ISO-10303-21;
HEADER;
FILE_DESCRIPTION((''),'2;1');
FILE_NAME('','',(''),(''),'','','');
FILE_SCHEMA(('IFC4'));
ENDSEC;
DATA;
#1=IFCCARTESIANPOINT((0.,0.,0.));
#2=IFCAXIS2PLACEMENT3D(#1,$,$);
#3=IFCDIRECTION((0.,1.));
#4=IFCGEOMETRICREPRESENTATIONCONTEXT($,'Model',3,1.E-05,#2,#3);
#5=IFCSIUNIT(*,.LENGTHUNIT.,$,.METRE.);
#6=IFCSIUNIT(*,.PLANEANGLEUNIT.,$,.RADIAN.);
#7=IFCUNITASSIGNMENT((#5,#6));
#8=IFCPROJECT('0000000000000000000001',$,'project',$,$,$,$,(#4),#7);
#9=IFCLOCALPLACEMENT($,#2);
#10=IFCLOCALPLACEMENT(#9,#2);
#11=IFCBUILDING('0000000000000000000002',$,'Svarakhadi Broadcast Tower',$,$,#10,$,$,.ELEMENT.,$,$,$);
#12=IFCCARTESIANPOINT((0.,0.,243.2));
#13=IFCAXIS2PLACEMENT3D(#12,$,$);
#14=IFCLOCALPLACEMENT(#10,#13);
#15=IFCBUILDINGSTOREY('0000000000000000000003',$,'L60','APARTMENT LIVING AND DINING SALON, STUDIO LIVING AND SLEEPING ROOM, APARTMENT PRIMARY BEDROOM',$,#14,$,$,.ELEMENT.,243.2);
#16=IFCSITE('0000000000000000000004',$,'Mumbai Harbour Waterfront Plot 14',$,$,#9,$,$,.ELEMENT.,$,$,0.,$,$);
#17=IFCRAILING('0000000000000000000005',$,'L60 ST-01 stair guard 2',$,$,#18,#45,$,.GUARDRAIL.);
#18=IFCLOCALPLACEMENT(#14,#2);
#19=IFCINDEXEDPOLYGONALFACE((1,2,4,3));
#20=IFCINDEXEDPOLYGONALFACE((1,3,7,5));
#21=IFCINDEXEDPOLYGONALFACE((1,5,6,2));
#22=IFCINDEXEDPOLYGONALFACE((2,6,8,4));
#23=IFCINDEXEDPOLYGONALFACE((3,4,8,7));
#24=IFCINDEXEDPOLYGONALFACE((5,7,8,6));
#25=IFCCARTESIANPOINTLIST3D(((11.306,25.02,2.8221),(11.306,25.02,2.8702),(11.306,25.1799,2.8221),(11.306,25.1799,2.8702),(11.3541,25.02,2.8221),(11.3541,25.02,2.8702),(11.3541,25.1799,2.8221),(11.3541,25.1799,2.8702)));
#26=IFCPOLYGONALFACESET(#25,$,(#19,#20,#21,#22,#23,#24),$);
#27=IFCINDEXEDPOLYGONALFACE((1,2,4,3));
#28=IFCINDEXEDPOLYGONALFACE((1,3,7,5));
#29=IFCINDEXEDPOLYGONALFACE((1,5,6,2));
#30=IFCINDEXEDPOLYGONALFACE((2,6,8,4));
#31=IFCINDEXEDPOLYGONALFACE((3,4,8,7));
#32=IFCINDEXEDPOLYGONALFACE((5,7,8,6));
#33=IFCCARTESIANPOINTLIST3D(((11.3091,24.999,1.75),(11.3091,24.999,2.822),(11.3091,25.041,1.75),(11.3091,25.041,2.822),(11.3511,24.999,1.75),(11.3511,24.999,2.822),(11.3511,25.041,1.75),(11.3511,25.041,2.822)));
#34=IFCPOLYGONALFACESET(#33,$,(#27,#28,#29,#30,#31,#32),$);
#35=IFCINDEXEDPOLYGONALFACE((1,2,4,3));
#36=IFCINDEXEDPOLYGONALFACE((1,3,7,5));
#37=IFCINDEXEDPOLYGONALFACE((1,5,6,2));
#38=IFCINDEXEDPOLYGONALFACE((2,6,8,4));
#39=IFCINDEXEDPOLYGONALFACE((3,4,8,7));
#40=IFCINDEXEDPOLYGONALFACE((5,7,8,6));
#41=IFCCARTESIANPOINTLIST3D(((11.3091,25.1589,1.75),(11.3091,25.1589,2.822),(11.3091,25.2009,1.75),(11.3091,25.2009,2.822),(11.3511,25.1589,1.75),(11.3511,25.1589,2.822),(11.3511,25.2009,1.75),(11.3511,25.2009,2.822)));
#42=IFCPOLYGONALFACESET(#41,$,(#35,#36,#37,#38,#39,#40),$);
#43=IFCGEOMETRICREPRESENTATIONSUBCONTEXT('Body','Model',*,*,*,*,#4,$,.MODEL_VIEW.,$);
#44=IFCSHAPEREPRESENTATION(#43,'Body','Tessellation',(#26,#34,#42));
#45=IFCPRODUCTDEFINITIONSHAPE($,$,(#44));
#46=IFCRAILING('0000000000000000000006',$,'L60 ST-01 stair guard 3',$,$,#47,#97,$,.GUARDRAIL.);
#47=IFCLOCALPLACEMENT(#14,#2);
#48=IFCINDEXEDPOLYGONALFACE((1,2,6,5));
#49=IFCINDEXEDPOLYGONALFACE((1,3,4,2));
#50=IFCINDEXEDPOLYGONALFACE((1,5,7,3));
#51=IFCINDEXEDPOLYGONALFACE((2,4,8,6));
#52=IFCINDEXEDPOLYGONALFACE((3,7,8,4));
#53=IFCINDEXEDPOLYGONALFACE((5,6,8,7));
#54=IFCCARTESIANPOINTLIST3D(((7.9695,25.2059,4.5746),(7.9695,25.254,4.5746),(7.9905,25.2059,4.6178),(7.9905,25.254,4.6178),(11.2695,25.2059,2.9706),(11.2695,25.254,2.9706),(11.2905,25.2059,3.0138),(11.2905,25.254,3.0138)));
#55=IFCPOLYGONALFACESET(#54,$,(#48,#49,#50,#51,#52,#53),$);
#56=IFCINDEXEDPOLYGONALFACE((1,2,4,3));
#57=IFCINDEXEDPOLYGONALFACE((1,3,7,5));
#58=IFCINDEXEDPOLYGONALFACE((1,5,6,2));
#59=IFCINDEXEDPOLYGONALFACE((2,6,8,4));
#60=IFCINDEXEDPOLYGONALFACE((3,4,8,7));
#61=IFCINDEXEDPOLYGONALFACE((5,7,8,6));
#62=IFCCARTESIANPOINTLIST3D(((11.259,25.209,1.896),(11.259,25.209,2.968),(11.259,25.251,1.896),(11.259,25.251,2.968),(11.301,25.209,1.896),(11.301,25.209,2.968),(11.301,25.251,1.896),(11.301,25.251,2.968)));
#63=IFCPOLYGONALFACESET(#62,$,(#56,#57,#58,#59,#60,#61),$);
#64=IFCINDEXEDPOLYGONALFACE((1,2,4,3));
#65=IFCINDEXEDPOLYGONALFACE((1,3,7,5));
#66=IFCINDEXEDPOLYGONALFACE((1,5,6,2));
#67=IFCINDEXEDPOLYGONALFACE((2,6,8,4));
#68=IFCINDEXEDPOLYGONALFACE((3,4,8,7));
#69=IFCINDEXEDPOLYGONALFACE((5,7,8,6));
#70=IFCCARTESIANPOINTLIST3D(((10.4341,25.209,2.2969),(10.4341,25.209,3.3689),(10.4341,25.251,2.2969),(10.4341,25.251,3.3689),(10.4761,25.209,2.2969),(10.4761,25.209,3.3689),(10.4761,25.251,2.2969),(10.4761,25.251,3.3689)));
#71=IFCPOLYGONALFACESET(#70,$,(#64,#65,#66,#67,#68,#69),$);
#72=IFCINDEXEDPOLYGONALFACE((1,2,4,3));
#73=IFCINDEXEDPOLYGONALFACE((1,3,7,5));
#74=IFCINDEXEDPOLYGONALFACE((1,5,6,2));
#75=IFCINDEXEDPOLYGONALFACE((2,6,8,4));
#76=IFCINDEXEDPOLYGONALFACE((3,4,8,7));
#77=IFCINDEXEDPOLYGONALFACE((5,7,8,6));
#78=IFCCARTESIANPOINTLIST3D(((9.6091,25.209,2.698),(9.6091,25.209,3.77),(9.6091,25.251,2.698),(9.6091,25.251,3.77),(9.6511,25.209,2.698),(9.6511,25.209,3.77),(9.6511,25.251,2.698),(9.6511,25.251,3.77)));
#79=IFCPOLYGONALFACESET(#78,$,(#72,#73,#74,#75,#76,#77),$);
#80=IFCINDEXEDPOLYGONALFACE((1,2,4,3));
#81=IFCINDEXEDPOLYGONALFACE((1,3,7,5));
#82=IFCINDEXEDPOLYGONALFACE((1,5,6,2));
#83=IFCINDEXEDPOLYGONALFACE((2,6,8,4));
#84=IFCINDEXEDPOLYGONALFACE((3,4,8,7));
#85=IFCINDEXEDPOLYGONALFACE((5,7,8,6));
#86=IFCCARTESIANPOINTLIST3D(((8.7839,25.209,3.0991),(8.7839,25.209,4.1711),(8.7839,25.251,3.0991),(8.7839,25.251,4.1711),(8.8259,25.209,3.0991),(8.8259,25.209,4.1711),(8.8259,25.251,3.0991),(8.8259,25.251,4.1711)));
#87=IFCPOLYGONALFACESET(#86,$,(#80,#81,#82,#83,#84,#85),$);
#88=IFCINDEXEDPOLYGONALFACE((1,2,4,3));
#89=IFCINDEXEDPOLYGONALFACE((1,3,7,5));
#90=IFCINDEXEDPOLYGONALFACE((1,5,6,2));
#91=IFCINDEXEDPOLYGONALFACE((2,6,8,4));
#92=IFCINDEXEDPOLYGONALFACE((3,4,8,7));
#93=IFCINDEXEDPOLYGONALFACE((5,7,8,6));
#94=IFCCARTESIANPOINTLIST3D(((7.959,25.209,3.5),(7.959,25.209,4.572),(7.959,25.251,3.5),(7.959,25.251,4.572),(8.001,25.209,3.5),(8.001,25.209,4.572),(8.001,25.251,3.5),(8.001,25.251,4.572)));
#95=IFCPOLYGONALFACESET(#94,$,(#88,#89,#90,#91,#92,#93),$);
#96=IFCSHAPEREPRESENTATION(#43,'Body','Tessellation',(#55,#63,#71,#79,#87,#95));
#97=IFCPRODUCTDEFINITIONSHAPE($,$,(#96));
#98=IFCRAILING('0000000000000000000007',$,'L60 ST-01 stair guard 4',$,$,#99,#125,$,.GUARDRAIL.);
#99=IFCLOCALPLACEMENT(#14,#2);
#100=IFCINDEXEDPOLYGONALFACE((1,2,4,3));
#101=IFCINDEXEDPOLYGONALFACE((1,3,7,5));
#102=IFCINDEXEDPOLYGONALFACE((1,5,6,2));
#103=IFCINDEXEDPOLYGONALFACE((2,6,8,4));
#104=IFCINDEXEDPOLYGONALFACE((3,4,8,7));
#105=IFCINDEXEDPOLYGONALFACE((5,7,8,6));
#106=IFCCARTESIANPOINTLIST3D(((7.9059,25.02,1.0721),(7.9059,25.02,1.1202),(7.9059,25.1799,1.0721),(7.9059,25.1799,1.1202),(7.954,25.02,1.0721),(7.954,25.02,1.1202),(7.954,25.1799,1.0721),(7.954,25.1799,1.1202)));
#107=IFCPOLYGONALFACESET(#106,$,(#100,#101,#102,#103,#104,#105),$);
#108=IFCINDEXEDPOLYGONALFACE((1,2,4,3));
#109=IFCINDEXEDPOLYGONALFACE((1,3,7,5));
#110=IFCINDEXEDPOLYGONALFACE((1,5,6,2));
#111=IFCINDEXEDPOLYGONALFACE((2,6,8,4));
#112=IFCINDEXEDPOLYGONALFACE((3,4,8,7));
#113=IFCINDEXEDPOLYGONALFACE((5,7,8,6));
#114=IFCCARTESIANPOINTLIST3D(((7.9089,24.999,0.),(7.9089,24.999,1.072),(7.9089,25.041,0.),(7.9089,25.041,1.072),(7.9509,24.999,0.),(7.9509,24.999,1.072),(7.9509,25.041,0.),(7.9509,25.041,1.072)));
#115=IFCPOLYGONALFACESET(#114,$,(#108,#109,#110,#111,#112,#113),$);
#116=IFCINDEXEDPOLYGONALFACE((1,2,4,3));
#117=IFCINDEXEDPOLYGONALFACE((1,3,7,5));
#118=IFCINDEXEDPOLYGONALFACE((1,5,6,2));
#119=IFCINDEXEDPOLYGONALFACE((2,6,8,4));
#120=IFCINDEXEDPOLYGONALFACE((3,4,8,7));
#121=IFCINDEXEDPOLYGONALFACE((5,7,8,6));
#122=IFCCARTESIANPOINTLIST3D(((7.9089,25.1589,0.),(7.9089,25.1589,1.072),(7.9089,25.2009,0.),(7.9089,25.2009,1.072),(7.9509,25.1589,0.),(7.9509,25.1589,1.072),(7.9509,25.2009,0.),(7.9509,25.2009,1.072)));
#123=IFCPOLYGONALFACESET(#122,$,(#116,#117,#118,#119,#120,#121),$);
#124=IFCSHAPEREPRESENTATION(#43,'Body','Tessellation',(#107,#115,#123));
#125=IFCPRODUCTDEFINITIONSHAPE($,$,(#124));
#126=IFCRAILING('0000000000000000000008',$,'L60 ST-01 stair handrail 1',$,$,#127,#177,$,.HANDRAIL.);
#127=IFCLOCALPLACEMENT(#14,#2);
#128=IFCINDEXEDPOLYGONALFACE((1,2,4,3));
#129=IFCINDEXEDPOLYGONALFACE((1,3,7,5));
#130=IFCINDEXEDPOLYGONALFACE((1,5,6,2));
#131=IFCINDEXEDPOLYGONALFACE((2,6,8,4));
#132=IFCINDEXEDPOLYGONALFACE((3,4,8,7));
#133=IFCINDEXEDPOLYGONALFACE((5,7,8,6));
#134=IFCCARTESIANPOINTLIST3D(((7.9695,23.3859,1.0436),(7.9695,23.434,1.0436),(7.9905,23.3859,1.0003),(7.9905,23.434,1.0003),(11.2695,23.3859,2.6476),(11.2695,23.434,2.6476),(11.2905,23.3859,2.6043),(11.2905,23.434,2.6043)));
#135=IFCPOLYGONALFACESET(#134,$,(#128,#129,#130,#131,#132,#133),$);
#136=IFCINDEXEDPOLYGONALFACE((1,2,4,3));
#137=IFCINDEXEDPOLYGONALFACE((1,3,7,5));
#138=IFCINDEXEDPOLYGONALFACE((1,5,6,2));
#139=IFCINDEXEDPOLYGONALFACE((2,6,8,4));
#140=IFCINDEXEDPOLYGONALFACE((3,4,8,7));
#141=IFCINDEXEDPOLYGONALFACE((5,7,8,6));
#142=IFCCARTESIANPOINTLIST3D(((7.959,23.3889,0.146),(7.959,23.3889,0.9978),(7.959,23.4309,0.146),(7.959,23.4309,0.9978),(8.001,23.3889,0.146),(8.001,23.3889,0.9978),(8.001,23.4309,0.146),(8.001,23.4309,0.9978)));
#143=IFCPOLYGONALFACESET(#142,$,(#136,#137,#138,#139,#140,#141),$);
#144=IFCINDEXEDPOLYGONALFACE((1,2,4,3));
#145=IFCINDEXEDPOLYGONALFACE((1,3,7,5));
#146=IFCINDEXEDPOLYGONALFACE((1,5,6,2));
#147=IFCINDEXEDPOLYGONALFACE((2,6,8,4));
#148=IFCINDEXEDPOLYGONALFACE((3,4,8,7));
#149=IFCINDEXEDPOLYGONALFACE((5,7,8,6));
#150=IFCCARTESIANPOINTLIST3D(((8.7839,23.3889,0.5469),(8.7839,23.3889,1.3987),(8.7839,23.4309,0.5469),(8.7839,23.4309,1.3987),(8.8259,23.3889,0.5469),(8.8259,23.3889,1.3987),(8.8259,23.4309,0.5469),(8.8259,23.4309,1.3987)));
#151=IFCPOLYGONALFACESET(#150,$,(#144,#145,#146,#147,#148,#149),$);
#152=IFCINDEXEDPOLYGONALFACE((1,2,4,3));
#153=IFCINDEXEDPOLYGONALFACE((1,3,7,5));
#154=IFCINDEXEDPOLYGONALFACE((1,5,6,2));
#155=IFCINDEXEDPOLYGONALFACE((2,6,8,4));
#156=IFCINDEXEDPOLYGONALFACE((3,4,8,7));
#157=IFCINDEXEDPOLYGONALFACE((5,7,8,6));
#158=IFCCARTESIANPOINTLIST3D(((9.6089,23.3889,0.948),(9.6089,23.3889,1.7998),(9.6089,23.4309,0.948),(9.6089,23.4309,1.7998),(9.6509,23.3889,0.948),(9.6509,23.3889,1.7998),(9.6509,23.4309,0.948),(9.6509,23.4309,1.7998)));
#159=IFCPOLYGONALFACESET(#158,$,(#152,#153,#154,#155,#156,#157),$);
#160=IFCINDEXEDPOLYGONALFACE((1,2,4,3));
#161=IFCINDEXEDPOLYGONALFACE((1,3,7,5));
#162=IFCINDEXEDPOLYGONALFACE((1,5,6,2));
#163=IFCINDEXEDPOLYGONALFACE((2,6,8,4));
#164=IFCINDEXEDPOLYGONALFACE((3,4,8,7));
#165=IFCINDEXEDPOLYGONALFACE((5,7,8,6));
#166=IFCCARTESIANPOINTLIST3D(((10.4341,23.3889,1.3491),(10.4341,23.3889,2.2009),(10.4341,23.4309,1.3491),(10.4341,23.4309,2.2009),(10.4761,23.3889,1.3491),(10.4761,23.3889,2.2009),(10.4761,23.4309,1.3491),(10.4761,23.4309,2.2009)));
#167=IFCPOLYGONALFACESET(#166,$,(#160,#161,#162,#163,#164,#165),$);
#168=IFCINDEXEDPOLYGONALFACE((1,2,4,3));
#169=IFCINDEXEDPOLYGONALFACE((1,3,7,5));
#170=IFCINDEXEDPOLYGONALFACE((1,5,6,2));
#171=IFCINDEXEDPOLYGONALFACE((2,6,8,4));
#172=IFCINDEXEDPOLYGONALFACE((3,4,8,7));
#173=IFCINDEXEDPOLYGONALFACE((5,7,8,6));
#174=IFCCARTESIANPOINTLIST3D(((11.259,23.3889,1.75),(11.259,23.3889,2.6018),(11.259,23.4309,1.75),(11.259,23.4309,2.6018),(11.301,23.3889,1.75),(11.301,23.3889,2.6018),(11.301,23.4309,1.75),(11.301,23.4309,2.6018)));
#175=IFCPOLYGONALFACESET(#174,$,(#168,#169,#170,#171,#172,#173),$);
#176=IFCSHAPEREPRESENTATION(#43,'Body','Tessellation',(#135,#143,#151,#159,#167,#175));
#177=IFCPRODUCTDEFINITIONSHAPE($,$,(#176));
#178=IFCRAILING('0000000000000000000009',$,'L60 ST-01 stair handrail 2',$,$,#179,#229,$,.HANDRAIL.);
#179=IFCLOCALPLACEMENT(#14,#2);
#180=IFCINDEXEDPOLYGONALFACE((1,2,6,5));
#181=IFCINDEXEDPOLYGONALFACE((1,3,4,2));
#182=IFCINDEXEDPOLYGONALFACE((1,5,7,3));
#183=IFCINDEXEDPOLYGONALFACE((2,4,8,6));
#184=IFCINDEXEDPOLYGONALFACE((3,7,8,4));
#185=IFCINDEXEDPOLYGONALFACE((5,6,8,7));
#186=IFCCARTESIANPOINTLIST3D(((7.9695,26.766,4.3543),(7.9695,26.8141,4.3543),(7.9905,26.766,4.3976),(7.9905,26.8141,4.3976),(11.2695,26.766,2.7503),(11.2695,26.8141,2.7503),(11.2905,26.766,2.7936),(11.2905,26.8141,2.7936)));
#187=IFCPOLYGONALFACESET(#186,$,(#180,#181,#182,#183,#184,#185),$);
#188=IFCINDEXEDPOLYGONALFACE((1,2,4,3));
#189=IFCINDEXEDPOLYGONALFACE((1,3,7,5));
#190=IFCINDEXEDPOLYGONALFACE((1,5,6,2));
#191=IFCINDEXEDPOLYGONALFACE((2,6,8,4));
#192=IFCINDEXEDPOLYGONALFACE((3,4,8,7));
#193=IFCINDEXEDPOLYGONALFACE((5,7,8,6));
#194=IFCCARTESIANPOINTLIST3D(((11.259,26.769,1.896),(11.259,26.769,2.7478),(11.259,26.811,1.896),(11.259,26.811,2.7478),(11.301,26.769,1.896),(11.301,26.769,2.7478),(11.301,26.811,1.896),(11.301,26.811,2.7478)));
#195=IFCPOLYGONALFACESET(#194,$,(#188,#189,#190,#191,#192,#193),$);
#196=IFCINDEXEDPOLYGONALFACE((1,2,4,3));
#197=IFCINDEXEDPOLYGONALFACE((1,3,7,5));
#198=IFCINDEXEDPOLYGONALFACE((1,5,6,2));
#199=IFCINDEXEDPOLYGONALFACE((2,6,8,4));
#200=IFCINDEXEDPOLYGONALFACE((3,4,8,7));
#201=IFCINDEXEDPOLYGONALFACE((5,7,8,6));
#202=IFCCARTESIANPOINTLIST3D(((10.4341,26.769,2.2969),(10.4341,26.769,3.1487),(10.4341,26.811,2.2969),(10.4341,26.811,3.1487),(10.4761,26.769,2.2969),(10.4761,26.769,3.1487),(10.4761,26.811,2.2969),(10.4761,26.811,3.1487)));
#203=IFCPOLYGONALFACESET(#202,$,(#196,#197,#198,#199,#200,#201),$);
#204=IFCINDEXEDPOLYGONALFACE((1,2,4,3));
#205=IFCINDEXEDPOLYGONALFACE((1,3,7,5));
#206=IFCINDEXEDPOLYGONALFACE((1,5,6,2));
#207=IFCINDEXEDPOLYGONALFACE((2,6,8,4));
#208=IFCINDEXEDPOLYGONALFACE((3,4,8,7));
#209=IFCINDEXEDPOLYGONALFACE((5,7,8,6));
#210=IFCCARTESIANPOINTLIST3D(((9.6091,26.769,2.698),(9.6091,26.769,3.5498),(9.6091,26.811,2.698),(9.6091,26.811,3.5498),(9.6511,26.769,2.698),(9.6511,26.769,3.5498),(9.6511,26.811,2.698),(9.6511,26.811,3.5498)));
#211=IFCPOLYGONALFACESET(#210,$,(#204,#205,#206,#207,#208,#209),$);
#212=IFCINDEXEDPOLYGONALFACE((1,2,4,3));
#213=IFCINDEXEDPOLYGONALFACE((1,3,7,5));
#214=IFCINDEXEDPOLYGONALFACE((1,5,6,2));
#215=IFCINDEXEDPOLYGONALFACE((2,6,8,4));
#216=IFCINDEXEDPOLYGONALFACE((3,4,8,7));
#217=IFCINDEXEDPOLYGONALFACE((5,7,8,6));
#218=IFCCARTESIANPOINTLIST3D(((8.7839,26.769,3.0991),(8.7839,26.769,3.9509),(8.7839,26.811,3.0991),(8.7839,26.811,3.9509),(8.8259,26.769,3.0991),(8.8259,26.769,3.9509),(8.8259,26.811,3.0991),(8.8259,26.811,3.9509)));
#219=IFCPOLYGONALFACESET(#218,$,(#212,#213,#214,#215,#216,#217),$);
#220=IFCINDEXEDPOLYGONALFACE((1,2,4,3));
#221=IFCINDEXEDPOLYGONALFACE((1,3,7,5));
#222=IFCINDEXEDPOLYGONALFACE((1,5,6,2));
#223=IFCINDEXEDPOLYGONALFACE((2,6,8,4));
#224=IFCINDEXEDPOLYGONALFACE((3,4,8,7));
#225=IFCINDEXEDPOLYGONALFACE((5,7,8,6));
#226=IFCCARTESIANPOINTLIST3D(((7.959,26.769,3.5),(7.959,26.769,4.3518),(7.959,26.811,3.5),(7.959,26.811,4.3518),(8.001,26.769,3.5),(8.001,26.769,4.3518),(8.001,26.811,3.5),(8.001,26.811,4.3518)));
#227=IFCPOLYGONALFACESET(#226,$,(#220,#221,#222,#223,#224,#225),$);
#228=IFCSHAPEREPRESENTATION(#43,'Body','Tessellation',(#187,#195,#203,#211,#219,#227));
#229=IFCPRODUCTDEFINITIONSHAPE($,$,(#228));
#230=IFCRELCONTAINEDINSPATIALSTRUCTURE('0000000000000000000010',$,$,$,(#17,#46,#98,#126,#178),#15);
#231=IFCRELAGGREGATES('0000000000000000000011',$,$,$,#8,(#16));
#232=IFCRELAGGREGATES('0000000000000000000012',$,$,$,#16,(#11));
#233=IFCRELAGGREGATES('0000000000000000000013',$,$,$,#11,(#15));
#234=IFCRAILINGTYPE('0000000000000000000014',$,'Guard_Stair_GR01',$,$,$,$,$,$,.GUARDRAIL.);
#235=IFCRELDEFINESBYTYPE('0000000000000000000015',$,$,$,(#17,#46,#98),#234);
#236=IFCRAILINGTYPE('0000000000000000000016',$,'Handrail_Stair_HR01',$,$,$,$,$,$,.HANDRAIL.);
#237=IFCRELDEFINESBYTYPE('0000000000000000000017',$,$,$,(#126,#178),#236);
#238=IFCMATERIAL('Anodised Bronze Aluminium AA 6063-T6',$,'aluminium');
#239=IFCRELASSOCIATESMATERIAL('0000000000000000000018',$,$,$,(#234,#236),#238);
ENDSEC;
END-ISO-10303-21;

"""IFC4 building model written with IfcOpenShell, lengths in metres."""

from ifc_helpers import new_model, si_unit, direction, frame, origin, origin_2d, place, context, subcontext, project, spatial, rectangle, extrude, material, type_object, element, save


model = new_model("IFC4")

# Units and contexts
model_context = context("Model", 3, precision=1e-05, world=origin(), true_north=direction((0.0, 1.0)))
body_context = subcontext(model_context, "Body", "Model", "MODEL_VIEW")
ifc_project = project(units=[si_unit("LENGTHUNIT", "METRE"), si_unit("PLANEANGLEUNIT", "RADIAN")], contexts=[model_context])

# Site, building, storey
site_placement = place(None, origin())
site = spatial("IfcSite", under=ifc_project, at=site_placement, Name="Mumbai Harbour Waterfront Plot 14", CompositionType="ELEMENT", RefElevation=0.0)
building_placement = place(site_placement, origin())
building = spatial("IfcBuilding", under=site, at=building_placement, Name="Svarakhadi Broadcast Tower", CompositionType="ELEMENT")
storey_placement = place(building_placement, frame((0.0, 0.0, 243.2)))
storey = spatial("IfcBuildingStorey", under=building, at=storey_placement, Name="L60", Description="APARTMENT LIVING AND DINING SALON, STUDIO LIVING AND SLEEPING ROOM, APARTMENT PRIMARY BEDROOM", CompositionType="ELEMENT", Elevation=243.2)

# Shared definitions
ifc_material_1 = material(Name="Anodised Bronze Aluminium AA 6063-T6", Category="aluminium")

# Railings
railing_type_1 = type_object("IfcRailingType", Name="Guard_Stair_GR01", PredefinedType="GUARDRAIL", material=ifc_material_1)
railing_1_placement = place(storey_placement, frame((11.3301, 25.02, 1.75)))
element("IfcRailing", 1, at=railing_1_placement, inside=storey, type_object=railing_type_1, Name="L60 ST-01 stair guard 2", PredefinedType="GUARDRAIL", context=body_context, shape_type="SweptSolid", body=[
    extrude(rectangle(XDim=0.0481, YDim=0.0481, at=origin_2d()), frame((0.0, 0.0, 1.0962), z_axis=(0.0, 1.0, 0.0), x_axis=(-1.0, 0.0, 0.0)), (0.0, 0.0, 1.0), 0.1599),
    extrude(rectangle(XDim=0.042, YDim=0.042, at=origin_2d()), origin(), (0.0, 0.0, 1.0), 1.072),
    extrude(rectangle(XDim=0.042, YDim=0.042, at=origin_2d()), frame((0.0, 0.1599, 0.0)), (0.0, 0.0, 1.0), 1.072),
])
railing_2_placement = place(storey_placement, frame((11.28, 25.23, 1.896)))
element("IfcRailing", 2, at=railing_2_placement, inside=storey, type_object=railing_type_1, Name="L60 ST-01 stair guard 3", PredefinedType="GUARDRAIL", context=body_context, shape_type="SweptSolid", body=[
    extrude(rectangle(XDim=0.0481, YDim=0.0481, at=origin_2d()), frame((0.0, 0.0, 1.0962), z_axis=(-0.899388, 0.0, 0.437152), x_axis=(0.0, -1.0, 0.0)), (0.0, 0.0, 1.0), 3.6692),
    extrude(rectangle(XDim=0.042, YDim=0.042, at=origin_2d()), origin(), (0.0, 0.0, 1.0), 1.072),
    extrude(rectangle(XDim=0.042, YDim=0.042, at=origin_2d()), frame((-0.825, 0.0, 0.4009)), (0.0, 0.0, 1.0), 1.072),
    extrude(rectangle(XDim=0.042, YDim=0.042, at=origin_2d()), frame((-1.6499, 0.0, 0.802)), (0.0, 0.0, 1.0), 1.072),
    extrude(rectangle(XDim=0.042, YDim=0.042, at=origin_2d()), frame((-2.4751, 0.0, 1.2031)), (0.0, 0.0, 1.0), 1.072),
    extrude(rectangle(XDim=0.042, YDim=0.042, at=origin_2d()), frame((-3.3, 0.0, 1.604)), (0.0, 0.0, 1.0), 1.072),
])
railing_3_placement = place(storey_placement, frame((7.9299, 25.02, 0.0)))
element("IfcRailing", 3, at=railing_3_placement, inside=storey, type_object=railing_type_1, Name="L60 ST-01 stair guard 4", PredefinedType="GUARDRAIL", context=body_context, shape_type="SweptSolid", body=[
    extrude(rectangle(XDim=0.0481, YDim=0.0481, at=origin_2d()), frame((0.0, 0.0, 1.0962), z_axis=(0.0, 1.0, 0.0), x_axis=(-1.0, 0.0, 0.0)), (0.0, 0.0, 1.0), 0.1599),
    extrude(rectangle(XDim=0.042, YDim=0.042, at=origin_2d()), origin(), (0.0, 0.0, 1.0), 1.072),
    extrude(rectangle(XDim=0.042, YDim=0.042, at=origin_2d()), frame((0.0, 0.1599, 0.0)), (0.0, 0.0, 1.0), 1.072),
])
railing_type_2 = type_object("IfcRailingType", Name="Handrail_Stair_HR01", PredefinedType="HANDRAIL", material=ifc_material_1)
railing_4_placement = place(storey_placement, frame((7.98, 23.4099, 0.146)))
element("IfcRailing", 4, at=railing_4_placement, inside=storey, type_object=railing_type_2, Name="L60 ST-01 stair handrail 1", PredefinedType="HANDRAIL", context=body_context, shape_type="SweptSolid", body=[
    extrude(rectangle(XDim=0.0481, YDim=0.0481, at=origin_2d()), frame((0.0, 0.0, 0.876), z_axis=(0.899388, 0.0, 0.437152), x_axis=(0.0, 1.0, 0.0)), (0.0, 0.0, 1.0), 3.6692),
    extrude(rectangle(XDim=0.042, YDim=0.042, at=origin_2d()), origin(), (0.0, 0.0, 1.0), 0.8518),
    extrude(rectangle(XDim=0.042, YDim=0.042, at=origin_2d()), frame((0.825, 0.0, 0.4009)), (0.0, 0.0, 1.0), 0.8518),
    extrude(rectangle(XDim=0.042, YDim=0.042, at=origin_2d()), frame((1.6499, 0.0, 0.802)), (0.0, 0.0, 1.0), 0.8518),
    extrude(rectangle(XDim=0.042, YDim=0.042, at=origin_2d()), frame((2.4751, 0.0, 1.2031)), (0.0, 0.0, 1.0), 0.8518),
    extrude(rectangle(XDim=0.042, YDim=0.042, at=origin_2d()), frame((3.3, 0.0, 1.604)), (0.0, 0.0, 1.0), 0.8518),
])
railing_5_placement = place(storey_placement, frame((11.28, 26.79, 1.896)))
element("IfcRailing", 5, at=railing_5_placement, inside=storey, type_object=railing_type_2, Name="L60 ST-01 stair handrail 2", PredefinedType="HANDRAIL", context=body_context, shape_type="SweptSolid", body=[
    extrude(rectangle(XDim=0.0481, YDim=0.0481, at=origin_2d()), frame((0.0, 0.0, 0.876), z_axis=(-0.899388, 0.0, 0.437152), x_axis=(0.0, -1.0, 0.0)), (0.0, 0.0, 1.0), 3.6692),
    extrude(rectangle(XDim=0.042, YDim=0.042, at=origin_2d()), origin(), (0.0, 0.0, 1.0), 0.8518),
    extrude(rectangle(XDim=0.042, YDim=0.042, at=origin_2d()), frame((-0.825, 0.0, 0.4009)), (0.0, 0.0, 1.0), 0.8518),
    extrude(rectangle(XDim=0.042, YDim=0.042, at=origin_2d()), frame((-1.6499, 0.0, 0.802)), (0.0, 0.0, 1.0), 0.8518),
    extrude(rectangle(XDim=0.042, YDim=0.042, at=origin_2d()), frame((-2.4751, 0.0, 1.2031)), (0.0, 0.0, 1.0), 0.8518),
    extrude(rectangle(XDim=0.042, YDim=0.042, at=origin_2d()), frame((-3.3, 0.0, 1.604)), (0.0, 0.0, 1.0), 0.8518),
])

save(model, "model.ifc")
